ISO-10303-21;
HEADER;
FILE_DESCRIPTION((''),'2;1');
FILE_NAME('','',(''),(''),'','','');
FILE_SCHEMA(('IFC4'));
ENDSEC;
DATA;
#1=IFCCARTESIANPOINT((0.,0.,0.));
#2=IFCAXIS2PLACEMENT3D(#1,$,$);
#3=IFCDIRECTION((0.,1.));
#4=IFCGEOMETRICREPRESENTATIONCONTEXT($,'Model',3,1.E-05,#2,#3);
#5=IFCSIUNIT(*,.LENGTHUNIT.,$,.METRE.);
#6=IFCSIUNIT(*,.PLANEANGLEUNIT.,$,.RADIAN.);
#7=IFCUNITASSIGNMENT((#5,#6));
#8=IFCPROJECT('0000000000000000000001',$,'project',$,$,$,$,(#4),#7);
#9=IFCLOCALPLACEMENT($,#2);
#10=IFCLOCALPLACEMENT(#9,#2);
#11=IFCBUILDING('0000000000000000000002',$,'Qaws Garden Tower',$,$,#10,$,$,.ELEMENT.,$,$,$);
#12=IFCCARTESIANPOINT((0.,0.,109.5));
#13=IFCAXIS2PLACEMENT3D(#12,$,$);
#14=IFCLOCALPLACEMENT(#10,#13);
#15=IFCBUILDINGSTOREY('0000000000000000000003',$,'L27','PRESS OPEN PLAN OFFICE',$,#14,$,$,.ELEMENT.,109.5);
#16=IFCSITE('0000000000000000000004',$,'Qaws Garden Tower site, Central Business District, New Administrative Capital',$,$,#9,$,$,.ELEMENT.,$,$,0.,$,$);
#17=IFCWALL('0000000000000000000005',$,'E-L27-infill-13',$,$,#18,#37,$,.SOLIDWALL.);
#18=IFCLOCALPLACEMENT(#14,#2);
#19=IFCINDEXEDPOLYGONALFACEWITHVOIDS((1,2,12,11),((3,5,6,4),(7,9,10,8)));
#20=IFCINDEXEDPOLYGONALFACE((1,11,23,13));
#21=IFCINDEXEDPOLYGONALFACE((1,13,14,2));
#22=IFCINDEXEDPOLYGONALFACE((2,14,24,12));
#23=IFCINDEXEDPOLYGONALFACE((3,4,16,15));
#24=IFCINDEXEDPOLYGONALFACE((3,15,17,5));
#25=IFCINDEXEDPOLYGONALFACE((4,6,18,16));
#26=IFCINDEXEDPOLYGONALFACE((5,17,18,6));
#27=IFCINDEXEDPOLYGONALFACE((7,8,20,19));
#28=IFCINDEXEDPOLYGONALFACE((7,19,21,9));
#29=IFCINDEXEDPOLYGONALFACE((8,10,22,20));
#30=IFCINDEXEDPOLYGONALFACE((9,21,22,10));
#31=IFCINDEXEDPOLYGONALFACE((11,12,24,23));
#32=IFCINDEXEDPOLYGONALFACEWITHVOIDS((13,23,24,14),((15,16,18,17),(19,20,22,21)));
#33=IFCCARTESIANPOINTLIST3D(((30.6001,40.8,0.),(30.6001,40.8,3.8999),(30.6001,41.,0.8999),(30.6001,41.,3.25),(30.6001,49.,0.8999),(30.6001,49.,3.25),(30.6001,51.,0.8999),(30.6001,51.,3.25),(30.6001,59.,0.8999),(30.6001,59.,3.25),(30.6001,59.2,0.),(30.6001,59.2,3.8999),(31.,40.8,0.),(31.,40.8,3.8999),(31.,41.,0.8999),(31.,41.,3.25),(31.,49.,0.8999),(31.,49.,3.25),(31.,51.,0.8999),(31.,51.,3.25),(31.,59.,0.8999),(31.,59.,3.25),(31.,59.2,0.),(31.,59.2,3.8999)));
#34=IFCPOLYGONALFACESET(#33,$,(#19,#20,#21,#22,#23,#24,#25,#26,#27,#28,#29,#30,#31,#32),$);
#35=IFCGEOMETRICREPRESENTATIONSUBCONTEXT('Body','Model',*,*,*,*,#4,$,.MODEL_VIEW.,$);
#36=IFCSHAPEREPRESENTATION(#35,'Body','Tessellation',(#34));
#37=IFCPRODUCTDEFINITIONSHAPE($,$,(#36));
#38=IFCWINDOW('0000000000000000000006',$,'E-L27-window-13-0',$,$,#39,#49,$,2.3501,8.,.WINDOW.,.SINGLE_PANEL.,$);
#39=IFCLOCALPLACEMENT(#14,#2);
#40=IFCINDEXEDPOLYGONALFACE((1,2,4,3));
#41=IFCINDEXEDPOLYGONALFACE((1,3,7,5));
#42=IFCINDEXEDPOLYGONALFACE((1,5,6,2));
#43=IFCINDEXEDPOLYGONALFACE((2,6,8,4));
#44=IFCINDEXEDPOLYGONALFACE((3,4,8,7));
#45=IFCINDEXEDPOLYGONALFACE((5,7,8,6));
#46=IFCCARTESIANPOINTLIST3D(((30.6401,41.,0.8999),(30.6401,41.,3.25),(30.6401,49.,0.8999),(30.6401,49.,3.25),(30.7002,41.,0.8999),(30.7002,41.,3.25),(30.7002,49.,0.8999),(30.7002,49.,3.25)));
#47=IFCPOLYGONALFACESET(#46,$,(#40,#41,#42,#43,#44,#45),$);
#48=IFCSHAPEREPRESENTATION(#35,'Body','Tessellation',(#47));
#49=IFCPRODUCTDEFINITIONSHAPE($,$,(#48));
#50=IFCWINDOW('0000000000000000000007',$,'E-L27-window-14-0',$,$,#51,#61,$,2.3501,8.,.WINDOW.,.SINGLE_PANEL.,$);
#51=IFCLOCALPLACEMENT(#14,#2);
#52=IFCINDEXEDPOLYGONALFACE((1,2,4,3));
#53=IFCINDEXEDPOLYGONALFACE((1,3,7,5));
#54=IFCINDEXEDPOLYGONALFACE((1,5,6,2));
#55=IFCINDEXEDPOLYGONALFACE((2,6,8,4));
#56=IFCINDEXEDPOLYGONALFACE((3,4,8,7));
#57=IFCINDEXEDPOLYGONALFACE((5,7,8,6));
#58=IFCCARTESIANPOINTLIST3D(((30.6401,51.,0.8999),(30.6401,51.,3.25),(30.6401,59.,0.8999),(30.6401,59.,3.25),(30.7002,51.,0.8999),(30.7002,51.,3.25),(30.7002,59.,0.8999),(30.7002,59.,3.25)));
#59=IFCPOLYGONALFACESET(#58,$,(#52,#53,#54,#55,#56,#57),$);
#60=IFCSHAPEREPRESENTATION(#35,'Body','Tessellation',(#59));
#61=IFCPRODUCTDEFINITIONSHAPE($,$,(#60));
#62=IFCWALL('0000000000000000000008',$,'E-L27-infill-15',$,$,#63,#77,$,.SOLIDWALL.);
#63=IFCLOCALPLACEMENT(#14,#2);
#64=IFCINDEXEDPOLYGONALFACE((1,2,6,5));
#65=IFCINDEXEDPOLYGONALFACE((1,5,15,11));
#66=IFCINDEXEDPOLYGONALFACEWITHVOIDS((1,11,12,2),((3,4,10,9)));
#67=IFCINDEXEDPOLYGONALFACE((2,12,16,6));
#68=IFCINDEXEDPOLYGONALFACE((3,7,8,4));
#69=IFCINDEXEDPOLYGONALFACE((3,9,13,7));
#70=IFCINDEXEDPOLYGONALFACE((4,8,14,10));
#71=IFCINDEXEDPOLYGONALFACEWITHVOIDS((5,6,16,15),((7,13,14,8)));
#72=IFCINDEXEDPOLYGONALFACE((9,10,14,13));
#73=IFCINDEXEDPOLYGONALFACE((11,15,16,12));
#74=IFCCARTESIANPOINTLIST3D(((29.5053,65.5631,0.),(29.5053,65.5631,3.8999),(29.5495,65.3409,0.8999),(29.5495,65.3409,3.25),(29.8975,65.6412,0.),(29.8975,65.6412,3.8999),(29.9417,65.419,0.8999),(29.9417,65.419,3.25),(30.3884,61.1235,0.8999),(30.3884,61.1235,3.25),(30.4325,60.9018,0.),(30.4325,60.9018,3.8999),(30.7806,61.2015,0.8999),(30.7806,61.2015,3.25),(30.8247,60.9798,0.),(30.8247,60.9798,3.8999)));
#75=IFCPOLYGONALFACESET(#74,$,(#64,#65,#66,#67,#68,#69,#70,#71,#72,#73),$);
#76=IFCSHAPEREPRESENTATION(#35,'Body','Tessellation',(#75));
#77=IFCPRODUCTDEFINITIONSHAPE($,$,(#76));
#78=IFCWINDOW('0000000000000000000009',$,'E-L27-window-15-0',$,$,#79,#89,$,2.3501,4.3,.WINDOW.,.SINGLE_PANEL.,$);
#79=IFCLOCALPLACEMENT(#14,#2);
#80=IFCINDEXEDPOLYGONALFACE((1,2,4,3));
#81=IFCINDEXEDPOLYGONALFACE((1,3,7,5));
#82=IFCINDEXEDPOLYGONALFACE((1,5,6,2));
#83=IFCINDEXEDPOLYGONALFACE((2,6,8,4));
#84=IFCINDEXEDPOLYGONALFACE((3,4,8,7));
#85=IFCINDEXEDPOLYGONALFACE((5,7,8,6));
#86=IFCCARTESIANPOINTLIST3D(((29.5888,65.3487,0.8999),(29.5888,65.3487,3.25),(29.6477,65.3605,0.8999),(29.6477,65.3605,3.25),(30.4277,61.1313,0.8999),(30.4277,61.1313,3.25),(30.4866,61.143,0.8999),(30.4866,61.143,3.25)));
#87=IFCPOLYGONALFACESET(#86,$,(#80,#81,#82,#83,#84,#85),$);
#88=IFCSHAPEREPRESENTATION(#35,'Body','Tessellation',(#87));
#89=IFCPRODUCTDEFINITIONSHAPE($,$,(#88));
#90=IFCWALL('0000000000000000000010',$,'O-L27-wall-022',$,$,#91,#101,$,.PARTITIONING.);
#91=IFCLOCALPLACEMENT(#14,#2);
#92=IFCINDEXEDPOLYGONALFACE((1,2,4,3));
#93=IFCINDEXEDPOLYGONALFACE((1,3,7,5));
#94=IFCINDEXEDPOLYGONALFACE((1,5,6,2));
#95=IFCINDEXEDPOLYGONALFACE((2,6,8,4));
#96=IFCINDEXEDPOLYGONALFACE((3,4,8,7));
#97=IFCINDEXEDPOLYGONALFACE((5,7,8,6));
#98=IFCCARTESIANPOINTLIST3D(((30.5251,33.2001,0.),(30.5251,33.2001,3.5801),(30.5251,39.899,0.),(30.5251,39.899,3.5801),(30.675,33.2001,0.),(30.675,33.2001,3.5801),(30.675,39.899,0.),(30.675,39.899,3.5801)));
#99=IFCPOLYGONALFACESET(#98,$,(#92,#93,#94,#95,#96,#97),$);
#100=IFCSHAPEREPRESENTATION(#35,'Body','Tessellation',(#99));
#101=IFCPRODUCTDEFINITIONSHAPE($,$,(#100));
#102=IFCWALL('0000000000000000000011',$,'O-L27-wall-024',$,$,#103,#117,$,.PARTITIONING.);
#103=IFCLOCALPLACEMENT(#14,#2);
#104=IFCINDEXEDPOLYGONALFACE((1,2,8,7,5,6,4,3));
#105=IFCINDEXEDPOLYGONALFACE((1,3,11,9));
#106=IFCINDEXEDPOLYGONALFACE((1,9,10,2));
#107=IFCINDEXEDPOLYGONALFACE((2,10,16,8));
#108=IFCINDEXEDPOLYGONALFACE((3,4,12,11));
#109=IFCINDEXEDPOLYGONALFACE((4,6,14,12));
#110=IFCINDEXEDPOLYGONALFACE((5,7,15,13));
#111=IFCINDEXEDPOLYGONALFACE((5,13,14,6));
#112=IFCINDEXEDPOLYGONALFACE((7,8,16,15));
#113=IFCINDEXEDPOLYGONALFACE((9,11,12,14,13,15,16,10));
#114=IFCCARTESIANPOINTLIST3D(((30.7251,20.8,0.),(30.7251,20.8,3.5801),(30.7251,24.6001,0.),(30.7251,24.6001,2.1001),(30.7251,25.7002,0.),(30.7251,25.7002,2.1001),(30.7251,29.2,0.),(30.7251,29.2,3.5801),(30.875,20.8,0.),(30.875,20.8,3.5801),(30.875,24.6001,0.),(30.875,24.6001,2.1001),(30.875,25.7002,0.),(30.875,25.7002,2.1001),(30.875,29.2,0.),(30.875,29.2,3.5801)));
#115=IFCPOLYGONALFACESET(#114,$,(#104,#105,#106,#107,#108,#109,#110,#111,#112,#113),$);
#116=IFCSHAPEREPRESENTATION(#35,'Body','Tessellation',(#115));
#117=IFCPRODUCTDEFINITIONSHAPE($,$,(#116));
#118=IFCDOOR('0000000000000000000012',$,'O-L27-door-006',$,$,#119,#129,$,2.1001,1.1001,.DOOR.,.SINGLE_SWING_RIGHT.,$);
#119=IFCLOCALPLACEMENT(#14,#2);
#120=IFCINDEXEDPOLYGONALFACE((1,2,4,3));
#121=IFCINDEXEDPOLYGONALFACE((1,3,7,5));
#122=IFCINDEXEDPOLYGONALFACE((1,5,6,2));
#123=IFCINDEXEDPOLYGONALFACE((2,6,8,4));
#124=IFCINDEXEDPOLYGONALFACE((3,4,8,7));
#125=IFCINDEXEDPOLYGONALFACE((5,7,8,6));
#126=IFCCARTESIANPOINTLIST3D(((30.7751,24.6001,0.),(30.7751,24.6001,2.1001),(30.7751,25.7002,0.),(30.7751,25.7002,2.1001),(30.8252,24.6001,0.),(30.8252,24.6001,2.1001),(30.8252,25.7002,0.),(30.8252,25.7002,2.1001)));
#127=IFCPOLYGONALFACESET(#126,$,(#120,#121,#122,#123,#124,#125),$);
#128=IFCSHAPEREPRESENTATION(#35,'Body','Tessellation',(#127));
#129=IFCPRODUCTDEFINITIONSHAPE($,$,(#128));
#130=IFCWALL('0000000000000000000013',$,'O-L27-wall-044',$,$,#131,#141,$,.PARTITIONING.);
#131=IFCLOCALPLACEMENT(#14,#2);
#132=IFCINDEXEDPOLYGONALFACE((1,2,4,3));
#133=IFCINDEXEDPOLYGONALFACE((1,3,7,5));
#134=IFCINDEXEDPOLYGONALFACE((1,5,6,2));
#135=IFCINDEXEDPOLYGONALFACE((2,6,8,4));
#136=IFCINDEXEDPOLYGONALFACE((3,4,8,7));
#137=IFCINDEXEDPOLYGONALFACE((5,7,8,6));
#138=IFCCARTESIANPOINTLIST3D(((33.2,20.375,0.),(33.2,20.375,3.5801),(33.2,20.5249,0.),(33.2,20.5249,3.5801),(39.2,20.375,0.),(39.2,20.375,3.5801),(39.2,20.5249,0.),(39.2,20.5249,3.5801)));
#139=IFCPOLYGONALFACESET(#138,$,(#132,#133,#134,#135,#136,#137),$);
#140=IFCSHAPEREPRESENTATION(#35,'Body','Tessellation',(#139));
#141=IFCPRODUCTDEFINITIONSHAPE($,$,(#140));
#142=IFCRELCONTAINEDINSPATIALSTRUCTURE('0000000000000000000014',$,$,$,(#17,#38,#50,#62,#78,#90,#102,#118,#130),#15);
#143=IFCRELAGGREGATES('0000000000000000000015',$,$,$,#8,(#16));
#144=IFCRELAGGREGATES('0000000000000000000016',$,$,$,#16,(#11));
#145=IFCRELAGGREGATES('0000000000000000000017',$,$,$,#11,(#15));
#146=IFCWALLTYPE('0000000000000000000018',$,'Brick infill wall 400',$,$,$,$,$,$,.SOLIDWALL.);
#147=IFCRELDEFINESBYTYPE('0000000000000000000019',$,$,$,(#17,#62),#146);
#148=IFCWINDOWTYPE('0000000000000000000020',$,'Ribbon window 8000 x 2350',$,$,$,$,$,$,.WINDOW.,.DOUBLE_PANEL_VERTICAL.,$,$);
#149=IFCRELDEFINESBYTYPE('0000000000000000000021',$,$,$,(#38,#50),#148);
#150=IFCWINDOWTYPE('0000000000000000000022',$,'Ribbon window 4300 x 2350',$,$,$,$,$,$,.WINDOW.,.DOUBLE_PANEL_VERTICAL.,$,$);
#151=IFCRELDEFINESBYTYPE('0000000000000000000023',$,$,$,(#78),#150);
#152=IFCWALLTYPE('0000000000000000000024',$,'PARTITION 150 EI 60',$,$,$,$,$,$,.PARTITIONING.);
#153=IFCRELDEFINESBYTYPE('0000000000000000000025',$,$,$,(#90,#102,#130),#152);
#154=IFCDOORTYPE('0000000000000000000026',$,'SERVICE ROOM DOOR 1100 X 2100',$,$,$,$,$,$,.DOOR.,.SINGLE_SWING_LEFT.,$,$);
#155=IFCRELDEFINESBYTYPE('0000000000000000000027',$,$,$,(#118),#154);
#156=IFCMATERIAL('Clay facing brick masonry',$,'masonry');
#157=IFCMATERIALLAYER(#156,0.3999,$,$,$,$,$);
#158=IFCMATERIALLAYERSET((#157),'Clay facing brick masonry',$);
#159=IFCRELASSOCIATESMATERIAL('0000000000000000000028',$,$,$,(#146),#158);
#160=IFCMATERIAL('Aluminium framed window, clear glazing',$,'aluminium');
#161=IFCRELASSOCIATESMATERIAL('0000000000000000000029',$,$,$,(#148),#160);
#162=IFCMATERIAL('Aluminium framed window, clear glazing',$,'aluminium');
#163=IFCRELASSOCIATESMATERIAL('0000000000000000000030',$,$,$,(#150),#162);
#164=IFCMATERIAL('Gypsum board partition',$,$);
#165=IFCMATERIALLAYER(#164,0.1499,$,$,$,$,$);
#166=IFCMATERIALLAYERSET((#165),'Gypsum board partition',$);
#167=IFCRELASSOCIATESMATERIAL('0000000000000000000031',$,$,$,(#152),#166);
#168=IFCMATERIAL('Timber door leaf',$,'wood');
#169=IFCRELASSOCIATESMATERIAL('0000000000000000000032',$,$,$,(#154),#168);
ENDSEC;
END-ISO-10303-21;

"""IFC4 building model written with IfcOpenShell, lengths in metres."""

from ifc_helpers import new_model, si_unit, direction, frame, frame_2d, origin, place, context, subcontext, project, spatial, rectangle, extrude, material, layer, layer_set, type_object, element, fill, save


model = new_model("IFC4")

# Units and contexts
model_context = context("Model", 3, precision=1e-05, world=origin(), true_north=direction((0.0, 1.0)))
body_context = subcontext(model_context, "Body", "Model", "MODEL_VIEW")
ifc_project = project(units=[si_unit("LENGTHUNIT", "METRE"), si_unit("PLANEANGLEUNIT", "RADIAN")], contexts=[model_context])

# Site, building, storey
site_placement = place(None, origin())
site = spatial("IfcSite", under=ifc_project, at=site_placement, Name="Qaws Garden Tower site, Central Business District, New Administrative Capital", CompositionType="ELEMENT", RefElevation=0.0)
building_placement = place(site_placement, origin())
building = spatial("IfcBuilding", under=site, at=building_placement, Name="Qaws Garden Tower", CompositionType="ELEMENT")
storey_placement = place(building_placement, frame((0.0, 0.0, 109.5)))
storey = spatial("IfcBuildingStorey", under=building, at=storey_placement, Name="L27", Description="PRESS OPEN PLAN OFFICE", CompositionType="ELEMENT", Elevation=109.5)

# Shared definitions
ifc_material_1 = material(Name="Clay facing brick masonry", Category="masonry")
ifc_layer_1 = layer(ifc_material_1, 0.3999)
ifc_layer_set_1 = layer_set([ifc_layer_1], Name="Clay facing brick masonry")
wall_type_1 = type_object("IfcWallType", Name="Brick infill wall 400", PredefinedType="SOLIDWALL", material=ifc_layer_set_1)

# Wall, openings, windows
wall_1_placement = place(storey_placement, frame((30.8, 40.8, 0.0), z_axis=(0.0, 0.0, 1.0), x_axis=(0.0, 1.0, 0.0)))
wall_1 = element("IfcWall", 1, at=wall_1_placement, inside=storey, type_object=wall_type_1, Name="E-L27-infill-13", PredefinedType="SOLIDWALL", context=body_context, shape_type="SweptSolid", body=[
    extrude(rectangle(XDim=18.3999, YDim=0.3999, at=frame_2d((9.2, 0.0))), origin(), (0.0, 0.0, 1.0), 3.8999),
])
opening_1_placement = place(wall_1_placement, frame((0.2, 0.0, 0.8999)))
opening_1 = element("IfcOpeningElement", 2, at=opening_1_placement, cuts=wall_1, PredefinedType="OPENING", context=body_context, shape_type="SweptSolid", body=[
    extrude(rectangle(XDim=8.0, YDim=2.3501, at=frame_2d((4.0, 1.175))), frame((0.0, 0.21, 0.0), z_axis=(0.0, -1.0, 0.0), x_axis=(1.0, 0.0, 0.0)), (0.0, 0.0, 1.0), 0.4199),
])
opening_2_placement = place(wall_1_placement, frame((10.2, 0.0, 0.8999)))
opening_2 = element("IfcOpeningElement", 3, at=opening_2_placement, cuts=wall_1, PredefinedType="OPENING", context=body_context, shape_type="SweptSolid", body=[
    extrude(rectangle(XDim=8.0, YDim=2.3501, at=frame_2d((4.0, 1.175))), frame((0.0, 0.21, 0.0), z_axis=(0.0, -1.0, 0.0), x_axis=(1.0, 0.0, 0.0)), (0.0, 0.0, 1.0), 0.4199),
])
ifc_material_2 = material(Name="Aluminium framed window, clear glazing", Category="aluminium")
window_type_1 = type_object("IfcWindowType", Name="Ribbon window 8000 x 2350", PartitioningType="DOUBLE_PANEL_VERTICAL", PredefinedType="WINDOW", material=ifc_material_2)
window_1_placement = place(opening_1_placement, origin())
window_1 = element("IfcWindow", 4, at=window_1_placement, inside=storey, type_object=window_type_1, Name="E-L27-window-13-0", OverallHeight=2.3501, OverallWidth=8.0, PartitioningType="SINGLE_PANEL", PredefinedType="WINDOW", context=body_context, shape_type="SweptSolid", body=[
    extrude(rectangle(XDim=8.0, YDim=2.3501, at=frame_2d((4.0, 1.175))), frame((0.0, 0.1599, 0.0), z_axis=(0.0, -1.0, 0.0), x_axis=(1.0, 0.0, 0.0)), (0.0, 0.0, 1.0), 0.0601),
])
fill(opening_1, window_1)
window_2_placement = place(opening_2_placement, origin())
window_2 = element("IfcWindow", 5, at=window_2_placement, inside=storey, type_object=window_type_1, Name="E-L27-window-14-0", OverallHeight=2.3501, OverallWidth=8.0, PartitioningType="SINGLE_PANEL", PredefinedType="WINDOW", context=body_context, shape_type="SweptSolid", body=[
    extrude(rectangle(XDim=8.0, YDim=2.3501, at=frame_2d((4.0, 1.175))), frame((0.0, 0.1599, 0.0), z_axis=(0.0, -1.0, 0.0), x_axis=(1.0, 0.0, 0.0)), (0.0, 0.0, 1.0), 0.0601),
])
fill(opening_2, window_2)

# Wall, opening, window
wall_2_placement = place(storey_placement, frame((30.6287, 60.9407, 0.0), z_axis=(0.0, 0.0, 1.0), x_axis=(-0.195099, 0.980784, 0.0)))
wall_2 = element("IfcWall", 6, at=wall_2_placement, inside=storey, type_object=wall_type_1, Name="E-L27-infill-15", PredefinedType="SOLIDWALL", context=body_context, shape_type="SweptSolid", body=[
    extrude(rectangle(XDim=4.7527, YDim=0.3999, at=frame_2d((2.3765, 0.0))), origin(), (0.0, 0.0, 1.0), 3.8999),
])
opening_3_placement = place(wall_2_placement, frame((0.2263, 0.0, 0.8999)))
opening_3 = element("IfcOpeningElement", 7, at=opening_3_placement, cuts=wall_2, PredefinedType="OPENING", context=body_context, shape_type="SweptSolid", body=[
    extrude(rectangle(XDim=4.3, YDim=2.3501, at=frame_2d((2.1499, 1.175))), frame((0.0, 0.21, 0.0), z_axis=(0.0, -1.0, 0.0), x_axis=(1.0, 0.0, 0.0)), (0.0, 0.0, 1.0), 0.4199),
])
ifc_material_3 = material(Name="Aluminium framed window, clear glazing", Category="aluminium")
window_type_2 = type_object("IfcWindowType", Name="Ribbon window 4300 x 2350", PartitioningType="DOUBLE_PANEL_VERTICAL", PredefinedType="WINDOW", material=ifc_material_3)
window_3_placement = place(opening_3_placement, origin())
window_3 = element("IfcWindow", 8, at=window_3_placement, inside=storey, type_object=window_type_2, Name="E-L27-window-15-0", OverallHeight=2.3501, OverallWidth=4.3, PartitioningType="SINGLE_PANEL", PredefinedType="WINDOW", context=body_context, shape_type="SweptSolid", body=[
    extrude(rectangle(XDim=4.3, YDim=2.3501, at=frame_2d((2.1499, 1.175))), frame((0.0, 0.1599, 0.0), z_axis=(0.0, -1.0, 0.0), x_axis=(1.0, 0.0, 0.0)), (0.0, 0.0, 1.0), 0.0601),
])
fill(opening_3, window_3)

# Wall
ifc_material_4 = material(Name="Gypsum board partition")
ifc_layer_2 = layer(ifc_material_4, 0.1499)
ifc_layer_set_2 = layer_set([ifc_layer_2], Name="Gypsum board partition")
wall_type_2 = type_object("IfcWallType", Name="PARTITION 150 EI 60", PredefinedType="PARTITIONING", material=ifc_layer_set_2)
wall_3_placement = place(storey_placement, frame((30.6001, 33.2, 0.0), z_axis=(0.0, 0.0, 1.0), x_axis=(0.0, 1.0, 0.0)))
element("IfcWall", 9, at=wall_3_placement, inside=storey, type_object=wall_type_2, Name="O-L27-wall-022", PredefinedType="PARTITIONING", context=body_context, shape_type="SweptSolid", body=[
    extrude(rectangle(XDim=6.699, YDim=0.1499, at=frame_2d((3.3496, 0.0))), origin(), (0.0, 0.0, 1.0), 3.5801),
])

# Wall, opening, door
wall_4_placement = place(storey_placement, frame((30.8, 20.8, 0.0), z_axis=(0.0, 0.0, 1.0), x_axis=(0.0, 1.0, 0.0)))
wall_4 = element("IfcWall", 10, at=wall_4_placement, inside=storey, type_object=wall_type_2, Name="O-L27-wall-024", PredefinedType="PARTITIONING", context=body_context, shape_type="SweptSolid", body=[
    extrude(rectangle(XDim=8.3999, YDim=0.1499, at=frame_2d((4.2, 0.0))), origin(), (0.0, 0.0, 1.0), 3.5801),
])
opening_4_placement = place(wall_4_placement, frame((3.8, 0.0, 0.0)))
opening_4 = element("IfcOpeningElement", 11, at=opening_4_placement, cuts=wall_4, PredefinedType="OPENING", context=body_context, shape_type="SweptSolid", body=[
    extrude(rectangle(XDim=1.1001, YDim=2.1001, at=frame_2d((0.55, 1.05))), frame((0.0, 0.085, 0.0), z_axis=(0.0, -1.0, 0.0), x_axis=(1.0, 0.0, 0.0)), (0.0, 0.0, 1.0), 0.1699),
])
ifc_material_5 = material(Name="Timber door leaf", Category="wood")
door_type = type_object("IfcDoorType", Name="SERVICE ROOM DOOR 1100 X 2100", OperationType="SINGLE_SWING_LEFT", PredefinedType="DOOR", material=ifc_material_5)
door_placement = place(opening_4_placement, origin())
door = element("IfcDoor", 12, at=door_placement, inside=storey, type_object=door_type, Name="O-L27-door-006", OperationType="SINGLE_SWING_RIGHT", OverallHeight=2.1001, OverallWidth=1.1001, PredefinedType="DOOR", context=body_context, shape_type="SweptSolid", body=[
    extrude(rectangle(XDim=1.1001, YDim=2.1001, at=frame_2d((0.55, 1.05))), frame((0.0, 0.0249, 0.0), z_axis=(0.0, -1.0, 0.0), x_axis=(1.0, 0.0, 0.0)), (0.0, 0.0, 1.0), 0.05),
])
fill(opening_4, door)

# Wall
wall_5_placement = place(storey_placement, frame((33.2, 20.45, 0.0), z_axis=(0.0, 0.0, 1.0), x_axis=(1.0, 0.0, 0.0)))
element("IfcWall", 13, at=wall_5_placement, inside=storey, type_object=wall_type_2, Name="O-L27-wall-044", PredefinedType="PARTITIONING", context=body_context, shape_type="SweptSolid", body=[
    extrude(rectangle(XDim=6.0, YDim=0.1499, at=frame_2d((3.0, 0.0))), origin(), (0.0, 0.0, 1.0), 3.5801),
])

save(model, "model.ifc")
